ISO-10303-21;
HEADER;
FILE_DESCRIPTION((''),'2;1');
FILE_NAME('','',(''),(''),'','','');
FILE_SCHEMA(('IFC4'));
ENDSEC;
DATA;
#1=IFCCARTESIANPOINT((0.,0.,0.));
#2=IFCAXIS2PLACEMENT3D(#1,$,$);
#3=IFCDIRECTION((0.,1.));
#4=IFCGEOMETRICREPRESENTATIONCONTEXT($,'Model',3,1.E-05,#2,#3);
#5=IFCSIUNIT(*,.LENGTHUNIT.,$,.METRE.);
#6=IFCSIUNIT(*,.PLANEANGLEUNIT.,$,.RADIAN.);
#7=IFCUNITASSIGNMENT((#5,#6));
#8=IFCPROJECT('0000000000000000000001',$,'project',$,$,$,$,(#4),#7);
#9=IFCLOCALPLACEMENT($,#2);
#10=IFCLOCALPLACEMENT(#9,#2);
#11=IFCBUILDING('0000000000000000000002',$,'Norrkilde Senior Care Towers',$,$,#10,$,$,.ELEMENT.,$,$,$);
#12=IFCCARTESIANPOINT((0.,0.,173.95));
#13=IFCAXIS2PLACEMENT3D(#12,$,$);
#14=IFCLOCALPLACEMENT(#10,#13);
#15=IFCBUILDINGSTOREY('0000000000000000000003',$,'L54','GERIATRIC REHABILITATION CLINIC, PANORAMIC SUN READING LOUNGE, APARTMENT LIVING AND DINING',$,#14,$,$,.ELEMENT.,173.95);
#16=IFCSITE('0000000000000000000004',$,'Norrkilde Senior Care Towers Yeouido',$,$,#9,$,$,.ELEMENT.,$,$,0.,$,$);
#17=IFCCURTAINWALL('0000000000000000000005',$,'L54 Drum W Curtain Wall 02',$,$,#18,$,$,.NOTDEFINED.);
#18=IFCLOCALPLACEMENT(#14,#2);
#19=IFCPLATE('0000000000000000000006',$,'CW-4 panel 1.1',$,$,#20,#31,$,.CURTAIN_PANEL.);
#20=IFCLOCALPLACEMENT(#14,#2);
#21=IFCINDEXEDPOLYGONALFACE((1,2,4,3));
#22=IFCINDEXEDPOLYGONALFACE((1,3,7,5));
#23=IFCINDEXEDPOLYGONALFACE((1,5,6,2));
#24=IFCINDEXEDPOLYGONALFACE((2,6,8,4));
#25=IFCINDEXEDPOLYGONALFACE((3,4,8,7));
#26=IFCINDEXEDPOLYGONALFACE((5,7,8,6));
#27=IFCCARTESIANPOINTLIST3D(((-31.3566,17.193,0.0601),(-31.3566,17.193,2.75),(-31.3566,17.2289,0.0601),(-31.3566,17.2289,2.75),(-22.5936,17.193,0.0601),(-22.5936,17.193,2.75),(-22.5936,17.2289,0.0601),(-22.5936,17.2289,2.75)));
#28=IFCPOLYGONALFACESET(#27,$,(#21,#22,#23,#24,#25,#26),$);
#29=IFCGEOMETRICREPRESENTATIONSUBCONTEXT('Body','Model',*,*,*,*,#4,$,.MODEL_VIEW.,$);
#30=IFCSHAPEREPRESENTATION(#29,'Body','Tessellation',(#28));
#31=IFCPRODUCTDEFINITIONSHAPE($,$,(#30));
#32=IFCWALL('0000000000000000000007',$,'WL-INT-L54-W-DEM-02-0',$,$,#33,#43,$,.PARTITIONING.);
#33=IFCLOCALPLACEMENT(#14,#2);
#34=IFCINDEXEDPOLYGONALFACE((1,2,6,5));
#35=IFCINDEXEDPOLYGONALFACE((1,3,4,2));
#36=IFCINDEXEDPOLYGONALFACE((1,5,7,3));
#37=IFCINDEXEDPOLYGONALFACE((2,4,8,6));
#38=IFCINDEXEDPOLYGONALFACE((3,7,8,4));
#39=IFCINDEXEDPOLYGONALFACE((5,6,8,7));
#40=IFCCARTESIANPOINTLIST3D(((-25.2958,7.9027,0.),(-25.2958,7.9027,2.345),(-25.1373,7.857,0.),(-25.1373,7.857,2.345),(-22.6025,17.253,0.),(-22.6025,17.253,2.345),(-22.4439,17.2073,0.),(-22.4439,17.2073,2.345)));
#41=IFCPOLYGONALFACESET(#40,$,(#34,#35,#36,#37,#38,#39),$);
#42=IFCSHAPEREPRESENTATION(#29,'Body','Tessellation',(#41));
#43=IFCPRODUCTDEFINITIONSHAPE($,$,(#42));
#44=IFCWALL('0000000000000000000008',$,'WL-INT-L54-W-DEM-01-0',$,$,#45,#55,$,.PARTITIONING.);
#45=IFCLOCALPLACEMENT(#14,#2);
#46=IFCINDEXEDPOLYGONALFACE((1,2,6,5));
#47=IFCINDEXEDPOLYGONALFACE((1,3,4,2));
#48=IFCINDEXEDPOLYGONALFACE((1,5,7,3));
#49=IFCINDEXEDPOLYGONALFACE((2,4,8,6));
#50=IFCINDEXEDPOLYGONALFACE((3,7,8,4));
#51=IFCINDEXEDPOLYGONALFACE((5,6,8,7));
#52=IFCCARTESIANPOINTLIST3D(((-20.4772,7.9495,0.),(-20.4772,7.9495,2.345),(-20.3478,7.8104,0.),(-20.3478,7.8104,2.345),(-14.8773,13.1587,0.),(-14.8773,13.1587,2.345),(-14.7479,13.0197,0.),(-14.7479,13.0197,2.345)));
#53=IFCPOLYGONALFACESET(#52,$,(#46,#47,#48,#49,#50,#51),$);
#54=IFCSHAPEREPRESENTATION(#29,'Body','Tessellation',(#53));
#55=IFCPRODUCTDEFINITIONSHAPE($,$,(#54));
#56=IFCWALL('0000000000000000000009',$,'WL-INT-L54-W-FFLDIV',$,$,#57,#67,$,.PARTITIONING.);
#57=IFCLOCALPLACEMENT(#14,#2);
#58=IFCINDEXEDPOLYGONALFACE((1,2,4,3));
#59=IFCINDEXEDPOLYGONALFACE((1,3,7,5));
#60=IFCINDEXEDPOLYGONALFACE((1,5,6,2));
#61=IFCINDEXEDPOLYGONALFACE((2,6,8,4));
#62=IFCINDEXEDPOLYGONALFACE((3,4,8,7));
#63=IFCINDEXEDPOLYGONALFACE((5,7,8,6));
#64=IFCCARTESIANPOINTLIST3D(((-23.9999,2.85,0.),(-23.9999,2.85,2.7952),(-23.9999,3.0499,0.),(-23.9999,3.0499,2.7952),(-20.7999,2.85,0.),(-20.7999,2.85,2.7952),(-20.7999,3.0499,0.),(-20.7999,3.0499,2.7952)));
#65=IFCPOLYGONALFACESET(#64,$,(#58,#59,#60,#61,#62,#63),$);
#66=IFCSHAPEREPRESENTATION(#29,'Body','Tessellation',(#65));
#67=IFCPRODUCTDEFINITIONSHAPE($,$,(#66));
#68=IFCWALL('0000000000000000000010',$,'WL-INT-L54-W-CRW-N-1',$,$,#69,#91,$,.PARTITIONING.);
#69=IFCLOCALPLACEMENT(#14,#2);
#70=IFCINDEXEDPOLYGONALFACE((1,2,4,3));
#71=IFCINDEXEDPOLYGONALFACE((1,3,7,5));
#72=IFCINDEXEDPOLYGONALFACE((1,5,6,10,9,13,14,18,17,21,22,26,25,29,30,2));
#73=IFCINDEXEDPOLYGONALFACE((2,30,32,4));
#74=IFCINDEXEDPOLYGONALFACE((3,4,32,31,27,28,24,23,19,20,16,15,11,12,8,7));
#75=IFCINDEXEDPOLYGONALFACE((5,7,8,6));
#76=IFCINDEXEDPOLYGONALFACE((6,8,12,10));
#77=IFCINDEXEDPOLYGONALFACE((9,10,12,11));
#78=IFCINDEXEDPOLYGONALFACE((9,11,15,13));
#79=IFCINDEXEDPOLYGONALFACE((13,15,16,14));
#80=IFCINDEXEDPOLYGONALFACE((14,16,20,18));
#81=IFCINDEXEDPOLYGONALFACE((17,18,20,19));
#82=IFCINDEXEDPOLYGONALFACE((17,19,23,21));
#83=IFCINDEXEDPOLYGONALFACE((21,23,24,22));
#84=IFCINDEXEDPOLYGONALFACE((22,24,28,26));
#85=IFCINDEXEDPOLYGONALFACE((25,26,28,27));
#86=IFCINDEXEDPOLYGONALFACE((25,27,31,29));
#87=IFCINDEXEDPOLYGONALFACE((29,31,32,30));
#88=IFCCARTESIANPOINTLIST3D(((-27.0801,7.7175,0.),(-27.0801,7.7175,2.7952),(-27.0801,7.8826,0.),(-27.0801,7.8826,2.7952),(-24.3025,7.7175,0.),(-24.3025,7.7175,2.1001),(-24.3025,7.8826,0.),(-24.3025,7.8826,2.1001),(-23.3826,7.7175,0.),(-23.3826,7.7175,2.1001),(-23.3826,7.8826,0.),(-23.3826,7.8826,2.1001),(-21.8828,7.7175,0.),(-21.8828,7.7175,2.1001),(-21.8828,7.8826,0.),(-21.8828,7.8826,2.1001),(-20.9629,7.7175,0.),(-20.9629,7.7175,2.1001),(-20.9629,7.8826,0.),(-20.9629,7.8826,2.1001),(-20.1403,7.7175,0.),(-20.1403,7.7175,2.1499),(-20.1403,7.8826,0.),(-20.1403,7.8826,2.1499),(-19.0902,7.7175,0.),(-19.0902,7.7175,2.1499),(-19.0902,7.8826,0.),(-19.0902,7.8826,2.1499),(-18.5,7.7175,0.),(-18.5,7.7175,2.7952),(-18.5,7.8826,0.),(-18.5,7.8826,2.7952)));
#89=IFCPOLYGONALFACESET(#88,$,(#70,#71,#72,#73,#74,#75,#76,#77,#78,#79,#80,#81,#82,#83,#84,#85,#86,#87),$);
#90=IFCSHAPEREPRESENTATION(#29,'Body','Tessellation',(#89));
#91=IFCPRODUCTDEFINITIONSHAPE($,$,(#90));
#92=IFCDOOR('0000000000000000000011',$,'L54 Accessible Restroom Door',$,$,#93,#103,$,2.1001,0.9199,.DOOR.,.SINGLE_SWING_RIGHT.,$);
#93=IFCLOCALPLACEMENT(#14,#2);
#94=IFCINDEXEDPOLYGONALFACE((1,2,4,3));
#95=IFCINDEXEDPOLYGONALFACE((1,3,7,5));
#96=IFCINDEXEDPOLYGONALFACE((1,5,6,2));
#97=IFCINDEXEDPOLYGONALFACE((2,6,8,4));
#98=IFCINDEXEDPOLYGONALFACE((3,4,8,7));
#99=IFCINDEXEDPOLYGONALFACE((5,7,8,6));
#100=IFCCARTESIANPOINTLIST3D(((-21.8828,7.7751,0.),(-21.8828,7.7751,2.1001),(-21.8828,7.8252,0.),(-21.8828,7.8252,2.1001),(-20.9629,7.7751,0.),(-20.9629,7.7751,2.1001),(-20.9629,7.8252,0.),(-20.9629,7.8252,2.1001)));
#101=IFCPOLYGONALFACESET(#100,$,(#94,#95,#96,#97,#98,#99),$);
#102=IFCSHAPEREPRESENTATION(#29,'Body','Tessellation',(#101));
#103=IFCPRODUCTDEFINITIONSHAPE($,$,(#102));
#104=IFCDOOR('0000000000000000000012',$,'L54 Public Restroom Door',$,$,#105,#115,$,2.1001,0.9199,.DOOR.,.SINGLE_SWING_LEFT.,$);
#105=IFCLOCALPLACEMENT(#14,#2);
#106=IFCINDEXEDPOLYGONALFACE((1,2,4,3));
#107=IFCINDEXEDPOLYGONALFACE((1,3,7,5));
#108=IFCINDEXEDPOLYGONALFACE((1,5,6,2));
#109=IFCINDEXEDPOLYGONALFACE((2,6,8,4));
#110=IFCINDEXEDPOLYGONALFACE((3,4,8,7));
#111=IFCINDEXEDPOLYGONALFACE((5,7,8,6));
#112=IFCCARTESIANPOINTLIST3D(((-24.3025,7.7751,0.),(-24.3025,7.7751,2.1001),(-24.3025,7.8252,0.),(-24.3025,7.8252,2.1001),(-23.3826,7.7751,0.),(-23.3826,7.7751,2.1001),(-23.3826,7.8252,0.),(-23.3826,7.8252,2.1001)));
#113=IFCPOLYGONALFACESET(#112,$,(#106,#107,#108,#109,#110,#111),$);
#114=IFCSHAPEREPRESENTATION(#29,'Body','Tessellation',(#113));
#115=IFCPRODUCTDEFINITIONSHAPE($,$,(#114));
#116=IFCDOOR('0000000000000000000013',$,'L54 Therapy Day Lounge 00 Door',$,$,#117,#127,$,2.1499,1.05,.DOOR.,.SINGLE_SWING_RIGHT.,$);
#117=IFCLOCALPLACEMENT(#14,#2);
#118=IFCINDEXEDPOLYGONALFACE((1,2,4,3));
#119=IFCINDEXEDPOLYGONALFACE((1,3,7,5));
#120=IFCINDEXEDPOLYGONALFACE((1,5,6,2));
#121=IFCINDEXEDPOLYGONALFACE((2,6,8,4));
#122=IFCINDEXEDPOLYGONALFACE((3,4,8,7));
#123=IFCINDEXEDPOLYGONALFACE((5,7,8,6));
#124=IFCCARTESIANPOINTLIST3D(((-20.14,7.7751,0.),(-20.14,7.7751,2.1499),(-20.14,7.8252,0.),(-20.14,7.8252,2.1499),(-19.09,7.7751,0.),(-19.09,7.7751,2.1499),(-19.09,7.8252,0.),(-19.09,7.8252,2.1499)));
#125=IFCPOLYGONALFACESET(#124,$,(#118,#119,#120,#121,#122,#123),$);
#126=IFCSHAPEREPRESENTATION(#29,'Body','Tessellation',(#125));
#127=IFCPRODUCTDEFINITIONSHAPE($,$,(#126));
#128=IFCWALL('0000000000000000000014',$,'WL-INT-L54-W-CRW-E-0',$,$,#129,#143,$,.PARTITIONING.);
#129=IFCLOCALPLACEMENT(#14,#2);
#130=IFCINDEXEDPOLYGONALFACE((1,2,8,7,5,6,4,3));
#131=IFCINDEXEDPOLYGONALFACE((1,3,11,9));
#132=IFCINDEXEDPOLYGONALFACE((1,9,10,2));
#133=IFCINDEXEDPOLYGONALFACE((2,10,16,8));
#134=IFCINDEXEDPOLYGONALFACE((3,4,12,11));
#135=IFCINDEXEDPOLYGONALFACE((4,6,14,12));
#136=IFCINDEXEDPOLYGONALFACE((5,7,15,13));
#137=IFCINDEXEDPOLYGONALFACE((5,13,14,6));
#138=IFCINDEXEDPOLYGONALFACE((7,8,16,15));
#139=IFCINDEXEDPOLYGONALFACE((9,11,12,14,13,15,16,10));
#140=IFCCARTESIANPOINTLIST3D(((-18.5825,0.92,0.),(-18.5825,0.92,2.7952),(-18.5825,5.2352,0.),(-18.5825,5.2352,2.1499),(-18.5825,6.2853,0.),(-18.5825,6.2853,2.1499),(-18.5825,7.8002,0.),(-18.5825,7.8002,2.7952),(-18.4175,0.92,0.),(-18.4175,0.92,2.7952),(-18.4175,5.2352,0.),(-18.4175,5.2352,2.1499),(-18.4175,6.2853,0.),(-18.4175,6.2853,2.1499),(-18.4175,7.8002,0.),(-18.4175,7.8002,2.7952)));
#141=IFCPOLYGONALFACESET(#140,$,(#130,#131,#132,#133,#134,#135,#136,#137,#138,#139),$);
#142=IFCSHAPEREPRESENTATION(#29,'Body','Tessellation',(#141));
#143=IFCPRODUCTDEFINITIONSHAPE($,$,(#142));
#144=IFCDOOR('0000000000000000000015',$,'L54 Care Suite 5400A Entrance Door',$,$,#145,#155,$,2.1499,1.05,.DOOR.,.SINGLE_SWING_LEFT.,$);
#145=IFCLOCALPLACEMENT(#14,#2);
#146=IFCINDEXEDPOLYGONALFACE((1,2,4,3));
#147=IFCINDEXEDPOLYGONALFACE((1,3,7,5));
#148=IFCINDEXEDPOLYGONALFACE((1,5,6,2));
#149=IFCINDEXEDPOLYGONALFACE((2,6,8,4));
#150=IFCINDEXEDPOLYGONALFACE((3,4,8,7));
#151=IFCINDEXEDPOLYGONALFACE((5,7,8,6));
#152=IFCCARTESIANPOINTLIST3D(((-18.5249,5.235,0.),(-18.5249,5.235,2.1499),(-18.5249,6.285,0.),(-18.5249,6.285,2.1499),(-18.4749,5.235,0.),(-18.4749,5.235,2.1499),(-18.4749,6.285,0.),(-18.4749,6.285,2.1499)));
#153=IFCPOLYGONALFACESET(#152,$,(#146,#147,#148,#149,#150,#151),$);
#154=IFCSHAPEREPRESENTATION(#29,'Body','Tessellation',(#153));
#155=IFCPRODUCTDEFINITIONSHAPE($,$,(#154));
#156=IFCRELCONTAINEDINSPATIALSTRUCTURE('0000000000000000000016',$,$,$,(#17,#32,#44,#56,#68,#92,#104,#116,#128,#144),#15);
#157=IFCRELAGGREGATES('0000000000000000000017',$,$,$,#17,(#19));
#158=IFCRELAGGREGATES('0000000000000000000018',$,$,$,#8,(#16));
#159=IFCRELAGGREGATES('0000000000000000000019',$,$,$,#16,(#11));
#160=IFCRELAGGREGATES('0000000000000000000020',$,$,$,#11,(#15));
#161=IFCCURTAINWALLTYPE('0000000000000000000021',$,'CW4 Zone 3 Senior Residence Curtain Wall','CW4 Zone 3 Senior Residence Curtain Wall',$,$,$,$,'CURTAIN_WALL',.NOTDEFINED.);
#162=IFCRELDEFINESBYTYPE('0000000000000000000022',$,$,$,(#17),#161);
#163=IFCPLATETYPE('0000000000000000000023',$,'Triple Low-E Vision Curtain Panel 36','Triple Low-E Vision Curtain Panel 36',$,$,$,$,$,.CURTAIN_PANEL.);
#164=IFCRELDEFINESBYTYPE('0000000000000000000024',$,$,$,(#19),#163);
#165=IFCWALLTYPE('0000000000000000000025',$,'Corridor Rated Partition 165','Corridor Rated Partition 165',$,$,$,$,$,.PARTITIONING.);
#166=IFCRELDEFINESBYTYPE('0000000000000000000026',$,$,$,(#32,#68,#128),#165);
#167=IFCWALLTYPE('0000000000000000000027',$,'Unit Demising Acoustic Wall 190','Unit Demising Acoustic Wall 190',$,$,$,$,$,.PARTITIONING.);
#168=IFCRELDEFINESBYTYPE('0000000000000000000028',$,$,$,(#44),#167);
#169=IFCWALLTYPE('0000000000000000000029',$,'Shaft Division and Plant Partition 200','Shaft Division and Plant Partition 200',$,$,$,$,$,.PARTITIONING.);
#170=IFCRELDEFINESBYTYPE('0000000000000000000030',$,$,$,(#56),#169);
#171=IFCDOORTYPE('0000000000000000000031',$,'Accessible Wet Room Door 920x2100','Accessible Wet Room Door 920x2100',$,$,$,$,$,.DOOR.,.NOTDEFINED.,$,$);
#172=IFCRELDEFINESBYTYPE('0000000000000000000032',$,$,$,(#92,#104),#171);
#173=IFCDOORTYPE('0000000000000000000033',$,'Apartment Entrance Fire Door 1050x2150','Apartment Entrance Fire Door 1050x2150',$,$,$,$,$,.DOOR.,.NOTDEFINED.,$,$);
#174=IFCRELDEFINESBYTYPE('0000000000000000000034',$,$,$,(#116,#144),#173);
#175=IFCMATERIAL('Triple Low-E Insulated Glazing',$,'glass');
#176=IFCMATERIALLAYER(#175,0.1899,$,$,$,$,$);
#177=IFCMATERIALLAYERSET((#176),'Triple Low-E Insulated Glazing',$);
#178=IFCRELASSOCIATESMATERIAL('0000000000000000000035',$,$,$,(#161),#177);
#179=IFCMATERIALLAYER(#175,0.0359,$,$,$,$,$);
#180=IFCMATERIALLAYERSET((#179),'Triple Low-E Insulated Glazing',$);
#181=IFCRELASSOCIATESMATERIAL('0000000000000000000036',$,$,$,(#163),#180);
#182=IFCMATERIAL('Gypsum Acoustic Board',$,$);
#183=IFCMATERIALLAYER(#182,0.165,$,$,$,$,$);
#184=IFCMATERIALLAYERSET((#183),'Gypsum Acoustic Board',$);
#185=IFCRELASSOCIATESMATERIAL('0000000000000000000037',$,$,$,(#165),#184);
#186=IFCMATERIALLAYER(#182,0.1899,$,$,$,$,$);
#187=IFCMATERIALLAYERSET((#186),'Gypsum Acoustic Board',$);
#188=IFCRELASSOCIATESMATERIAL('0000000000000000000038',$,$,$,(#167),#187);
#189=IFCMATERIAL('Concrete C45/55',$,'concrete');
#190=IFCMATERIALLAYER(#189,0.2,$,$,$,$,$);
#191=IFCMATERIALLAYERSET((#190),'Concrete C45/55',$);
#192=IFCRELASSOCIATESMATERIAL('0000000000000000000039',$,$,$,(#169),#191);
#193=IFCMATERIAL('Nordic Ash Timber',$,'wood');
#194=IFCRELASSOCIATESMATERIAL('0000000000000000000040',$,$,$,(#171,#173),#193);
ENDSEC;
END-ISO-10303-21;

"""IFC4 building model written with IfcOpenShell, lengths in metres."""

from ifc_helpers import new_model, si_unit, direction, frame, frame_2d, origin, origin_2d, place, context, subcontext, project, spatial, rectangle, extrude, source, transform, mapped, material, layer, layer_set, type_object, type_shapes, element, fill, aggregate, save


model = new_model("IFC4")

# Units and contexts
model_context = context("Model", 3, precision=1e-05, world=origin(), true_north=direction((0.0, 1.0)))
body_context = subcontext(model_context, "Body", "Model", "MODEL_VIEW")
ifc_project = project(units=[si_unit("LENGTHUNIT", "METRE"), si_unit("PLANEANGLEUNIT", "RADIAN")], contexts=[model_context])

# Site, building, storey
site_placement = place(None, origin())
site = spatial("IfcSite", under=ifc_project, at=site_placement, Name="Norrkilde Senior Care Towers Yeouido", CompositionType="ELEMENT", RefElevation=0.0)
building_placement = place(site_placement, origin())
building = spatial("IfcBuilding", under=site, at=building_placement, Name="Norrkilde Senior Care Towers", CompositionType="ELEMENT")
storey_placement = place(building_placement, frame((0.0, 0.0, 173.95)))
storey = spatial("IfcBuildingStorey", under=building, at=storey_placement, Name="L54", Description="GERIATRIC REHABILITATION CLINIC, PANORAMIC SUN READING LOUNGE, APARTMENT LIVING AND DINING", CompositionType="ELEMENT", Elevation=173.95)

# Curtain wall
ifc_material_1 = material(Name="Triple Low-E Insulated Glazing", Category="glass")
ifc_layer_1 = layer(ifc_material_1, 0.1899)
ifc_layer_set_1 = layer_set([ifc_layer_1], Name="Triple Low-E Insulated Glazing")
curtain_wall_type = type_object("IfcCurtainWallType", Name="CW4 Zone 3 Senior Residence Curtain Wall", Description="CW4 Zone 3 Senior Residence Curtain Wall", ElementType="CURTAIN_WALL", PredefinedType="NOTDEFINED", material=ifc_layer_set_1)
curtain_wall_1_placement = place(storey_placement, origin())
curtain_wall_1 = element("IfcCurtainWall", 1, at=curtain_wall_1_placement, inside=storey, type_object=curtain_wall_type, Name="L54 Drum W Curtain Wall 02", PredefinedType="NOTDEFINED")

# Plate
ifc_layer_2 = layer(ifc_material_1, 0.0359)
ifc_layer_set_2 = layer_set([ifc_layer_2], Name="Triple Low-E Insulated Glazing")
plate_type = type_object("IfcPlateType", Name="Triple Low-E Vision Curtain Panel 36", Description="Triple Low-E Vision Curtain Panel 36", PredefinedType="CURTAIN_PANEL", material=ifc_layer_set_2)
shared_shape_1 = source(origin(), body_context, "Body", "SweptSolid", [
    extrude(rectangle(XDim=8.7629, YDim=0.0359, at=origin_2d()), origin(), (0.0, 0.0, 1.0), 2.6899),
])
plate_1_placement = place(storey_placement, frame((-26.9751, 17.2109, 0.0601), z_axis=(0.0, 0.0, 1.0), x_axis=(1.0, 0.0, 0.0)))
plate_1 = element("IfcPlate", 2, at=plate_1_placement, type_object=plate_type, Name="CW-4 panel 1.1", PredefinedType="CURTAIN_PANEL", context=body_context, shape_type="MappedRepresentation", body=[
    mapped(shared_shape_1, transform((0.0, 0.0, 0.0), x_axis=(1.0, 0.0, 0.0), y_axis=(0.0, 1.0, 0.0), z_axis=(0.0, 0.0, 1.0), scale=1.0)),
])
aggregate(curtain_wall_1, [plate_1])

# Walls
ifc_material_2 = material(Name="Gypsum Acoustic Board")
ifc_layer_3 = layer(ifc_material_2, 0.165)
ifc_layer_set_3 = layer_set([ifc_layer_3], Name="Gypsum Acoustic Board")
wall_type_1 = type_object("IfcWallType", Name="Corridor Rated Partition 165", Description="Corridor Rated Partition 165", PredefinedType="PARTITIONING", material=ifc_layer_set_3)
shared_shape_2 = source(origin(), body_context, "Body", "SweptSolid", [
    extrude(rectangle(XDim=9.7305, YDim=0.165, at=frame_2d((4.8652, 0.0))), origin(), (0.0, 0.0, 1.0), 2.345),
])
wall_1_placement = place(storey_placement, frame((-25.2166, 7.8799, 0.0), z_axis=(0.0, 0.0, 1.0), x_axis=(0.276795, 0.960929, 0.0)))
element("IfcWall", 3, at=wall_1_placement, inside=storey, type_object=wall_type_1, Name="WL-INT-L54-W-DEM-02-0", PredefinedType="PARTITIONING", context=body_context, shape_type="MappedRepresentation", body=[
    mapped(shared_shape_2, transform((0.0, 0.0, 0.0), x_axis=(1.0, 0.0, 0.0), y_axis=(0.0, 1.0, 0.0), z_axis=(0.0, 0.0, 1.0), scale=1.0)),
])
ifc_layer_4 = layer(ifc_material_2, 0.1899)
ifc_layer_set_4 = layer_set([ifc_layer_4], Name="Gypsum Acoustic Board")
wall_type_2 = type_object("IfcWallType", Name="Unit Demising Acoustic Wall 190", Description="Unit Demising Acoustic Wall 190", PredefinedType="PARTITIONING", material=ifc_layer_set_4)
shared_shape_3 = source(origin(), body_context, "Body", "SweptSolid", [
    extrude(rectangle(XDim=7.6482, YDim=0.1899, at=frame_2d((3.8242, 0.0))), origin(), (0.0, 0.0, 1.0), 2.345),
])
type_shapes(wall_type_2, [shared_shape_3])
wall_2_placement = place(storey_placement, frame((-20.4126, 7.8799, 0.0), z_axis=(0.0, 0.0, 1.0), x_axis=(0.732183, 0.681108, 0.0)))
element("IfcWall", 4, at=wall_2_placement, inside=storey, type_object=wall_type_2, Name="WL-INT-L54-W-DEM-01-0", PredefinedType="PARTITIONING", context=body_context, shape_type="MappedRepresentation", body=[
    mapped(shared_shape_3, transform((0.0, 0.0, 0.0), x_axis=(1.0, 0.0, 0.0), y_axis=(0.0, 1.0, 0.0), z_axis=(0.0, 0.0, 1.0), scale=1.0)),
])
ifc_material_3 = material(Name="Concrete C45/55", Category="concrete")
ifc_layer_5 = layer(ifc_material_3, 0.2)
ifc_layer_set_5 = layer_set([ifc_layer_5], Name="Concrete C45/55")
wall_type_3 = type_object("IfcWallType", Name="Shaft Division and Plant Partition 200", Description="Shaft Division and Plant Partition 200", PredefinedType="PARTITIONING", material=ifc_layer_set_5)
shared_shape_4 = source(origin(), body_context, "Body", "SweptSolid", [
    extrude(rectangle(XDim=3.2, YDim=0.2, at=frame_2d((1.6001, 0.0))), origin(), (0.0, 0.0, 1.0), 2.7952),
])
type_shapes(wall_type_3, [shared_shape_4])
wall_3_placement = place(storey_placement, frame((-24.0, 2.95, 0.0), z_axis=(0.0, 0.0, 1.0), x_axis=(1.0, 0.0, 0.0)))
element("IfcWall", 5, at=wall_3_placement, inside=storey, type_object=wall_type_3, Name="WL-INT-L54-W-FFLDIV", PredefinedType="PARTITIONING", context=body_context, shape_type="MappedRepresentation", body=[
    mapped(shared_shape_4, transform((0.0, 0.0, 0.0), x_axis=(1.0, 0.0, 0.0), y_axis=(0.0, 1.0, 0.0), z_axis=(0.0, 0.0, 1.0), scale=1.0)),
])

# Wall, openings, doors
shared_shape_5 = source(origin(), body_context, "Body", "SweptSolid", [
    extrude(rectangle(XDim=8.5801, YDim=0.165, at=frame_2d((4.29, 0.0))), origin(), (0.0, 0.0, 1.0), 2.7952),
])
wall_4_placement = place(storey_placement, frame((-27.0801, 7.8, 0.0), z_axis=(0.0, 0.0, 1.0), x_axis=(1.0, 0.0, 0.0)))
wall_4 = element("IfcWall", 6, at=wall_4_placement, inside=storey, type_object=wall_type_1, Name="WL-INT-L54-W-CRW-N-1", PredefinedType="PARTITIONING", context=body_context, shape_type="MappedRepresentation", body=[
    mapped(shared_shape_5, transform((0.0, 0.0, 0.0), x_axis=(1.0, 0.0, 0.0), y_axis=(0.0, 1.0, 0.0), z_axis=(0.0, 0.0, 1.0), scale=1.0)),
])
opening_1_placement = place(wall_4_placement, frame((6.9399, 0.0, 0.0)))
opening_1 = element("IfcOpeningElement", 7, at=opening_1_placement, cuts=wall_4, PredefinedType="OPENING", context=body_context, shape_type="SweptSolid", body=[
    extrude(rectangle(XDim=1.05, YDim=2.1499, at=frame_2d((0.5249, 1.075))), frame((0.0, 0.0925, 0.0), z_axis=(0.0, -1.0, 0.0), x_axis=(1.0, 0.0, 0.0)), (0.0, 0.0, 1.0), 0.1851),
])
opening_2_placement = place(wall_4_placement, frame((5.1973, 0.0, 0.0)))
opening_2 = element("IfcOpeningElement", 8, at=opening_2_placement, cuts=wall_4, PredefinedType="OPENING", context=body_context, shape_type="SweptSolid", body=[
    extrude(rectangle(XDim=0.9199, YDim=2.1001, at=frame_2d((0.46, 1.05))), frame((0.0, 0.0925, 0.0), z_axis=(0.0, -1.0, 0.0), x_axis=(1.0, 0.0, 0.0)), (0.0, 0.0, 1.0), 0.1851),
])
opening_3_placement = place(wall_4_placement, frame((2.7776, 0.0, 0.0)))
opening_3 = element("IfcOpeningElement", 9, at=opening_3_placement, cuts=wall_4, PredefinedType="OPENING", context=body_context, shape_type="SweptSolid", body=[
    extrude(rectangle(XDim=0.9199, YDim=2.1001, at=frame_2d((0.46, 1.05))), frame((0.0, 0.0925, 0.0), z_axis=(0.0, -1.0, 0.0), x_axis=(1.0, 0.0, 0.0)), (0.0, 0.0, 1.0), 0.1851),
])
ifc_material_4 = material(Name="Nordic Ash Timber", Category="wood")
door_type_1 = type_object("IfcDoorType", Name="Accessible Wet Room Door 920x2100", Description="Accessible Wet Room Door 920x2100", OperationType="NOTDEFINED", PredefinedType="DOOR", material=ifc_material_4)
shared_shape_6 = source(origin(), body_context, "Body", "SweptSolid", [
    extrude(rectangle(XDim=0.9199, YDim=2.1001, at=frame_2d((0.46, 1.05))), frame((0.0, 0.0249, 0.0), z_axis=(0.0, -1.0, 0.0), x_axis=(1.0, 0.0, 0.0)), (0.0, 0.0, 1.0), 0.05),
])
type_shapes(door_type_1, [shared_shape_6])
door_1_placement = place(opening_2_placement, frame((0.9199, 0.0, 0.0), z_axis=(0.0, 0.0, 1.0), x_axis=(-1.0, 0.0, 0.0)))
door_1 = element("IfcDoor", 10, at=door_1_placement, inside=storey, type_object=door_type_1, Name="L54 Accessible Restroom Door", OperationType="SINGLE_SWING_RIGHT", OverallHeight=2.1001, OverallWidth=0.9199, PredefinedType="DOOR", context=body_context, shape_type="MappedRepresentation", body=[
    mapped(shared_shape_6, transform((0.0, 0.0, 0.0), x_axis=(1.0, 0.0, 0.0), y_axis=(0.0, 1.0, 0.0), z_axis=(0.0, 0.0, 1.0), scale=1.0)),
])
fill(opening_2, door_1)
door_2_placement = place(opening_3_placement, frame((0.9199, 0.0, 0.0), z_axis=(0.0, 0.0, 1.0), x_axis=(-1.0, 0.0, 0.0)))
door_2 = element("IfcDoor", 11, at=door_2_placement, inside=storey, type_object=door_type_1, Name="L54 Public Restroom Door", OperationType="SINGLE_SWING_LEFT", OverallHeight=2.1001, OverallWidth=0.9199, PredefinedType="DOOR", context=body_context, shape_type="MappedRepresentation", body=[
    mapped(shared_shape_6, transform((0.0, 0.0, 0.0), x_axis=(1.0, 0.0, 0.0), y_axis=(0.0, 1.0, 0.0), z_axis=(0.0, 0.0, 1.0), scale=1.0)),
])
fill(opening_3, door_2)
door_type_2 = type_object("IfcDoorType", Name="Apartment Entrance Fire Door 1050x2150", Description="Apartment Entrance Fire Door 1050x2150", OperationType="NOTDEFINED", PredefinedType="DOOR", material=ifc_material_4)
shared_shape_7 = source(origin(), body_context, "Body", "SweptSolid", [
    extrude(rectangle(XDim=1.05, YDim=2.1499, at=frame_2d((0.5249, 1.075))), frame((0.0, 0.0249, 0.0), z_axis=(0.0, -1.0, 0.0), x_axis=(1.0, 0.0, 0.0)), (0.0, 0.0, 1.0), 0.05),
])
type_shapes(door_type_2, [shared_shape_7])
door_3_placement = place(opening_1_placement, frame((1.05, 0.0, 0.0), z_axis=(0.0, 0.0, 1.0), x_axis=(-1.0, 0.0, 0.0)))
door_3 = element("IfcDoor", 12, at=door_3_placement, inside=storey, type_object=door_type_2, Name="L54 Therapy Day Lounge 00 Door", OperationType="SINGLE_SWING_RIGHT", OverallHeight=2.1499, OverallWidth=1.05, PredefinedType="DOOR", context=body_context, shape_type="MappedRepresentation", body=[
    mapped(shared_shape_7, transform((0.0, 0.0, 0.0), x_axis=(1.0, 0.0, 0.0), y_axis=(0.0, 1.0, 0.0), z_axis=(0.0, 0.0, 1.0), scale=1.0)),
])
fill(opening_1, door_3)

# Wall, opening, door
shared_shape_8 = source(origin(), body_context, "Body", "SweptSolid", [
    extrude(rectangle(XDim=6.8801, YDim=0.165, at=frame_2d((3.4399, 0.0))), origin(), (0.0, 0.0, 1.0), 2.7952),
])
wall_5_placement = place(storey_placement, frame((-18.5, 7.8, 0.0), z_axis=(0.0, 0.0, 1.0), x_axis=(0.0, -1.0, 0.0)))
wall_5 = element("IfcWall", 13, at=wall_5_placement, inside=storey, type_object=wall_type_1, Name="WL-INT-L54-W-CRW-E-0", PredefinedType="PARTITIONING", context=body_context, shape_type="MappedRepresentation", body=[
    mapped(shared_shape_8, transform((0.0, 0.0, 0.0), x_axis=(1.0, 0.0, 0.0), y_axis=(0.0, 1.0, 0.0), z_axis=(0.0, 0.0, 1.0), scale=1.0)),
])
opening_4_placement = place(wall_5_placement, frame((1.5149, 0.0, 0.0)))
opening_4 = element("IfcOpeningElement", 14, at=opening_4_placement, cuts=wall_5, PredefinedType="OPENING", context=body_context, shape_type="SweptSolid", body=[
    extrude(rectangle(XDim=1.05, YDim=2.1499, at=frame_2d((0.5249, 1.075))), frame((0.0, 0.0925, 0.0), z_axis=(0.0, -1.0, 0.0), x_axis=(1.0, 0.0, 0.0)), (0.0, 0.0, 1.0), 0.1851),
])
door_4_placement = place(opening_4_placement, frame((1.05, 0.0, 0.0), z_axis=(0.0, 0.0, 1.0), x_axis=(-1.0, 0.0, 0.0)))
door_4 = element("IfcDoor", 15, at=door_4_placement, inside=storey, type_object=door_type_2, Name="L54 Care Suite 5400A Entrance Door", OperationType="SINGLE_SWING_LEFT", OverallHeight=2.1499, OverallWidth=1.05, PredefinedType="DOOR", context=body_context, shape_type="MappedRepresentation", body=[
    mapped(shared_shape_7, transform((0.0, 0.0, 0.0), x_axis=(1.0, 0.0, 0.0), y_axis=(0.0, 1.0, 0.0), z_axis=(0.0, 0.0, 1.0), scale=1.0)),
])
fill(opening_4, door_4)

save(model, "model.ifc")
